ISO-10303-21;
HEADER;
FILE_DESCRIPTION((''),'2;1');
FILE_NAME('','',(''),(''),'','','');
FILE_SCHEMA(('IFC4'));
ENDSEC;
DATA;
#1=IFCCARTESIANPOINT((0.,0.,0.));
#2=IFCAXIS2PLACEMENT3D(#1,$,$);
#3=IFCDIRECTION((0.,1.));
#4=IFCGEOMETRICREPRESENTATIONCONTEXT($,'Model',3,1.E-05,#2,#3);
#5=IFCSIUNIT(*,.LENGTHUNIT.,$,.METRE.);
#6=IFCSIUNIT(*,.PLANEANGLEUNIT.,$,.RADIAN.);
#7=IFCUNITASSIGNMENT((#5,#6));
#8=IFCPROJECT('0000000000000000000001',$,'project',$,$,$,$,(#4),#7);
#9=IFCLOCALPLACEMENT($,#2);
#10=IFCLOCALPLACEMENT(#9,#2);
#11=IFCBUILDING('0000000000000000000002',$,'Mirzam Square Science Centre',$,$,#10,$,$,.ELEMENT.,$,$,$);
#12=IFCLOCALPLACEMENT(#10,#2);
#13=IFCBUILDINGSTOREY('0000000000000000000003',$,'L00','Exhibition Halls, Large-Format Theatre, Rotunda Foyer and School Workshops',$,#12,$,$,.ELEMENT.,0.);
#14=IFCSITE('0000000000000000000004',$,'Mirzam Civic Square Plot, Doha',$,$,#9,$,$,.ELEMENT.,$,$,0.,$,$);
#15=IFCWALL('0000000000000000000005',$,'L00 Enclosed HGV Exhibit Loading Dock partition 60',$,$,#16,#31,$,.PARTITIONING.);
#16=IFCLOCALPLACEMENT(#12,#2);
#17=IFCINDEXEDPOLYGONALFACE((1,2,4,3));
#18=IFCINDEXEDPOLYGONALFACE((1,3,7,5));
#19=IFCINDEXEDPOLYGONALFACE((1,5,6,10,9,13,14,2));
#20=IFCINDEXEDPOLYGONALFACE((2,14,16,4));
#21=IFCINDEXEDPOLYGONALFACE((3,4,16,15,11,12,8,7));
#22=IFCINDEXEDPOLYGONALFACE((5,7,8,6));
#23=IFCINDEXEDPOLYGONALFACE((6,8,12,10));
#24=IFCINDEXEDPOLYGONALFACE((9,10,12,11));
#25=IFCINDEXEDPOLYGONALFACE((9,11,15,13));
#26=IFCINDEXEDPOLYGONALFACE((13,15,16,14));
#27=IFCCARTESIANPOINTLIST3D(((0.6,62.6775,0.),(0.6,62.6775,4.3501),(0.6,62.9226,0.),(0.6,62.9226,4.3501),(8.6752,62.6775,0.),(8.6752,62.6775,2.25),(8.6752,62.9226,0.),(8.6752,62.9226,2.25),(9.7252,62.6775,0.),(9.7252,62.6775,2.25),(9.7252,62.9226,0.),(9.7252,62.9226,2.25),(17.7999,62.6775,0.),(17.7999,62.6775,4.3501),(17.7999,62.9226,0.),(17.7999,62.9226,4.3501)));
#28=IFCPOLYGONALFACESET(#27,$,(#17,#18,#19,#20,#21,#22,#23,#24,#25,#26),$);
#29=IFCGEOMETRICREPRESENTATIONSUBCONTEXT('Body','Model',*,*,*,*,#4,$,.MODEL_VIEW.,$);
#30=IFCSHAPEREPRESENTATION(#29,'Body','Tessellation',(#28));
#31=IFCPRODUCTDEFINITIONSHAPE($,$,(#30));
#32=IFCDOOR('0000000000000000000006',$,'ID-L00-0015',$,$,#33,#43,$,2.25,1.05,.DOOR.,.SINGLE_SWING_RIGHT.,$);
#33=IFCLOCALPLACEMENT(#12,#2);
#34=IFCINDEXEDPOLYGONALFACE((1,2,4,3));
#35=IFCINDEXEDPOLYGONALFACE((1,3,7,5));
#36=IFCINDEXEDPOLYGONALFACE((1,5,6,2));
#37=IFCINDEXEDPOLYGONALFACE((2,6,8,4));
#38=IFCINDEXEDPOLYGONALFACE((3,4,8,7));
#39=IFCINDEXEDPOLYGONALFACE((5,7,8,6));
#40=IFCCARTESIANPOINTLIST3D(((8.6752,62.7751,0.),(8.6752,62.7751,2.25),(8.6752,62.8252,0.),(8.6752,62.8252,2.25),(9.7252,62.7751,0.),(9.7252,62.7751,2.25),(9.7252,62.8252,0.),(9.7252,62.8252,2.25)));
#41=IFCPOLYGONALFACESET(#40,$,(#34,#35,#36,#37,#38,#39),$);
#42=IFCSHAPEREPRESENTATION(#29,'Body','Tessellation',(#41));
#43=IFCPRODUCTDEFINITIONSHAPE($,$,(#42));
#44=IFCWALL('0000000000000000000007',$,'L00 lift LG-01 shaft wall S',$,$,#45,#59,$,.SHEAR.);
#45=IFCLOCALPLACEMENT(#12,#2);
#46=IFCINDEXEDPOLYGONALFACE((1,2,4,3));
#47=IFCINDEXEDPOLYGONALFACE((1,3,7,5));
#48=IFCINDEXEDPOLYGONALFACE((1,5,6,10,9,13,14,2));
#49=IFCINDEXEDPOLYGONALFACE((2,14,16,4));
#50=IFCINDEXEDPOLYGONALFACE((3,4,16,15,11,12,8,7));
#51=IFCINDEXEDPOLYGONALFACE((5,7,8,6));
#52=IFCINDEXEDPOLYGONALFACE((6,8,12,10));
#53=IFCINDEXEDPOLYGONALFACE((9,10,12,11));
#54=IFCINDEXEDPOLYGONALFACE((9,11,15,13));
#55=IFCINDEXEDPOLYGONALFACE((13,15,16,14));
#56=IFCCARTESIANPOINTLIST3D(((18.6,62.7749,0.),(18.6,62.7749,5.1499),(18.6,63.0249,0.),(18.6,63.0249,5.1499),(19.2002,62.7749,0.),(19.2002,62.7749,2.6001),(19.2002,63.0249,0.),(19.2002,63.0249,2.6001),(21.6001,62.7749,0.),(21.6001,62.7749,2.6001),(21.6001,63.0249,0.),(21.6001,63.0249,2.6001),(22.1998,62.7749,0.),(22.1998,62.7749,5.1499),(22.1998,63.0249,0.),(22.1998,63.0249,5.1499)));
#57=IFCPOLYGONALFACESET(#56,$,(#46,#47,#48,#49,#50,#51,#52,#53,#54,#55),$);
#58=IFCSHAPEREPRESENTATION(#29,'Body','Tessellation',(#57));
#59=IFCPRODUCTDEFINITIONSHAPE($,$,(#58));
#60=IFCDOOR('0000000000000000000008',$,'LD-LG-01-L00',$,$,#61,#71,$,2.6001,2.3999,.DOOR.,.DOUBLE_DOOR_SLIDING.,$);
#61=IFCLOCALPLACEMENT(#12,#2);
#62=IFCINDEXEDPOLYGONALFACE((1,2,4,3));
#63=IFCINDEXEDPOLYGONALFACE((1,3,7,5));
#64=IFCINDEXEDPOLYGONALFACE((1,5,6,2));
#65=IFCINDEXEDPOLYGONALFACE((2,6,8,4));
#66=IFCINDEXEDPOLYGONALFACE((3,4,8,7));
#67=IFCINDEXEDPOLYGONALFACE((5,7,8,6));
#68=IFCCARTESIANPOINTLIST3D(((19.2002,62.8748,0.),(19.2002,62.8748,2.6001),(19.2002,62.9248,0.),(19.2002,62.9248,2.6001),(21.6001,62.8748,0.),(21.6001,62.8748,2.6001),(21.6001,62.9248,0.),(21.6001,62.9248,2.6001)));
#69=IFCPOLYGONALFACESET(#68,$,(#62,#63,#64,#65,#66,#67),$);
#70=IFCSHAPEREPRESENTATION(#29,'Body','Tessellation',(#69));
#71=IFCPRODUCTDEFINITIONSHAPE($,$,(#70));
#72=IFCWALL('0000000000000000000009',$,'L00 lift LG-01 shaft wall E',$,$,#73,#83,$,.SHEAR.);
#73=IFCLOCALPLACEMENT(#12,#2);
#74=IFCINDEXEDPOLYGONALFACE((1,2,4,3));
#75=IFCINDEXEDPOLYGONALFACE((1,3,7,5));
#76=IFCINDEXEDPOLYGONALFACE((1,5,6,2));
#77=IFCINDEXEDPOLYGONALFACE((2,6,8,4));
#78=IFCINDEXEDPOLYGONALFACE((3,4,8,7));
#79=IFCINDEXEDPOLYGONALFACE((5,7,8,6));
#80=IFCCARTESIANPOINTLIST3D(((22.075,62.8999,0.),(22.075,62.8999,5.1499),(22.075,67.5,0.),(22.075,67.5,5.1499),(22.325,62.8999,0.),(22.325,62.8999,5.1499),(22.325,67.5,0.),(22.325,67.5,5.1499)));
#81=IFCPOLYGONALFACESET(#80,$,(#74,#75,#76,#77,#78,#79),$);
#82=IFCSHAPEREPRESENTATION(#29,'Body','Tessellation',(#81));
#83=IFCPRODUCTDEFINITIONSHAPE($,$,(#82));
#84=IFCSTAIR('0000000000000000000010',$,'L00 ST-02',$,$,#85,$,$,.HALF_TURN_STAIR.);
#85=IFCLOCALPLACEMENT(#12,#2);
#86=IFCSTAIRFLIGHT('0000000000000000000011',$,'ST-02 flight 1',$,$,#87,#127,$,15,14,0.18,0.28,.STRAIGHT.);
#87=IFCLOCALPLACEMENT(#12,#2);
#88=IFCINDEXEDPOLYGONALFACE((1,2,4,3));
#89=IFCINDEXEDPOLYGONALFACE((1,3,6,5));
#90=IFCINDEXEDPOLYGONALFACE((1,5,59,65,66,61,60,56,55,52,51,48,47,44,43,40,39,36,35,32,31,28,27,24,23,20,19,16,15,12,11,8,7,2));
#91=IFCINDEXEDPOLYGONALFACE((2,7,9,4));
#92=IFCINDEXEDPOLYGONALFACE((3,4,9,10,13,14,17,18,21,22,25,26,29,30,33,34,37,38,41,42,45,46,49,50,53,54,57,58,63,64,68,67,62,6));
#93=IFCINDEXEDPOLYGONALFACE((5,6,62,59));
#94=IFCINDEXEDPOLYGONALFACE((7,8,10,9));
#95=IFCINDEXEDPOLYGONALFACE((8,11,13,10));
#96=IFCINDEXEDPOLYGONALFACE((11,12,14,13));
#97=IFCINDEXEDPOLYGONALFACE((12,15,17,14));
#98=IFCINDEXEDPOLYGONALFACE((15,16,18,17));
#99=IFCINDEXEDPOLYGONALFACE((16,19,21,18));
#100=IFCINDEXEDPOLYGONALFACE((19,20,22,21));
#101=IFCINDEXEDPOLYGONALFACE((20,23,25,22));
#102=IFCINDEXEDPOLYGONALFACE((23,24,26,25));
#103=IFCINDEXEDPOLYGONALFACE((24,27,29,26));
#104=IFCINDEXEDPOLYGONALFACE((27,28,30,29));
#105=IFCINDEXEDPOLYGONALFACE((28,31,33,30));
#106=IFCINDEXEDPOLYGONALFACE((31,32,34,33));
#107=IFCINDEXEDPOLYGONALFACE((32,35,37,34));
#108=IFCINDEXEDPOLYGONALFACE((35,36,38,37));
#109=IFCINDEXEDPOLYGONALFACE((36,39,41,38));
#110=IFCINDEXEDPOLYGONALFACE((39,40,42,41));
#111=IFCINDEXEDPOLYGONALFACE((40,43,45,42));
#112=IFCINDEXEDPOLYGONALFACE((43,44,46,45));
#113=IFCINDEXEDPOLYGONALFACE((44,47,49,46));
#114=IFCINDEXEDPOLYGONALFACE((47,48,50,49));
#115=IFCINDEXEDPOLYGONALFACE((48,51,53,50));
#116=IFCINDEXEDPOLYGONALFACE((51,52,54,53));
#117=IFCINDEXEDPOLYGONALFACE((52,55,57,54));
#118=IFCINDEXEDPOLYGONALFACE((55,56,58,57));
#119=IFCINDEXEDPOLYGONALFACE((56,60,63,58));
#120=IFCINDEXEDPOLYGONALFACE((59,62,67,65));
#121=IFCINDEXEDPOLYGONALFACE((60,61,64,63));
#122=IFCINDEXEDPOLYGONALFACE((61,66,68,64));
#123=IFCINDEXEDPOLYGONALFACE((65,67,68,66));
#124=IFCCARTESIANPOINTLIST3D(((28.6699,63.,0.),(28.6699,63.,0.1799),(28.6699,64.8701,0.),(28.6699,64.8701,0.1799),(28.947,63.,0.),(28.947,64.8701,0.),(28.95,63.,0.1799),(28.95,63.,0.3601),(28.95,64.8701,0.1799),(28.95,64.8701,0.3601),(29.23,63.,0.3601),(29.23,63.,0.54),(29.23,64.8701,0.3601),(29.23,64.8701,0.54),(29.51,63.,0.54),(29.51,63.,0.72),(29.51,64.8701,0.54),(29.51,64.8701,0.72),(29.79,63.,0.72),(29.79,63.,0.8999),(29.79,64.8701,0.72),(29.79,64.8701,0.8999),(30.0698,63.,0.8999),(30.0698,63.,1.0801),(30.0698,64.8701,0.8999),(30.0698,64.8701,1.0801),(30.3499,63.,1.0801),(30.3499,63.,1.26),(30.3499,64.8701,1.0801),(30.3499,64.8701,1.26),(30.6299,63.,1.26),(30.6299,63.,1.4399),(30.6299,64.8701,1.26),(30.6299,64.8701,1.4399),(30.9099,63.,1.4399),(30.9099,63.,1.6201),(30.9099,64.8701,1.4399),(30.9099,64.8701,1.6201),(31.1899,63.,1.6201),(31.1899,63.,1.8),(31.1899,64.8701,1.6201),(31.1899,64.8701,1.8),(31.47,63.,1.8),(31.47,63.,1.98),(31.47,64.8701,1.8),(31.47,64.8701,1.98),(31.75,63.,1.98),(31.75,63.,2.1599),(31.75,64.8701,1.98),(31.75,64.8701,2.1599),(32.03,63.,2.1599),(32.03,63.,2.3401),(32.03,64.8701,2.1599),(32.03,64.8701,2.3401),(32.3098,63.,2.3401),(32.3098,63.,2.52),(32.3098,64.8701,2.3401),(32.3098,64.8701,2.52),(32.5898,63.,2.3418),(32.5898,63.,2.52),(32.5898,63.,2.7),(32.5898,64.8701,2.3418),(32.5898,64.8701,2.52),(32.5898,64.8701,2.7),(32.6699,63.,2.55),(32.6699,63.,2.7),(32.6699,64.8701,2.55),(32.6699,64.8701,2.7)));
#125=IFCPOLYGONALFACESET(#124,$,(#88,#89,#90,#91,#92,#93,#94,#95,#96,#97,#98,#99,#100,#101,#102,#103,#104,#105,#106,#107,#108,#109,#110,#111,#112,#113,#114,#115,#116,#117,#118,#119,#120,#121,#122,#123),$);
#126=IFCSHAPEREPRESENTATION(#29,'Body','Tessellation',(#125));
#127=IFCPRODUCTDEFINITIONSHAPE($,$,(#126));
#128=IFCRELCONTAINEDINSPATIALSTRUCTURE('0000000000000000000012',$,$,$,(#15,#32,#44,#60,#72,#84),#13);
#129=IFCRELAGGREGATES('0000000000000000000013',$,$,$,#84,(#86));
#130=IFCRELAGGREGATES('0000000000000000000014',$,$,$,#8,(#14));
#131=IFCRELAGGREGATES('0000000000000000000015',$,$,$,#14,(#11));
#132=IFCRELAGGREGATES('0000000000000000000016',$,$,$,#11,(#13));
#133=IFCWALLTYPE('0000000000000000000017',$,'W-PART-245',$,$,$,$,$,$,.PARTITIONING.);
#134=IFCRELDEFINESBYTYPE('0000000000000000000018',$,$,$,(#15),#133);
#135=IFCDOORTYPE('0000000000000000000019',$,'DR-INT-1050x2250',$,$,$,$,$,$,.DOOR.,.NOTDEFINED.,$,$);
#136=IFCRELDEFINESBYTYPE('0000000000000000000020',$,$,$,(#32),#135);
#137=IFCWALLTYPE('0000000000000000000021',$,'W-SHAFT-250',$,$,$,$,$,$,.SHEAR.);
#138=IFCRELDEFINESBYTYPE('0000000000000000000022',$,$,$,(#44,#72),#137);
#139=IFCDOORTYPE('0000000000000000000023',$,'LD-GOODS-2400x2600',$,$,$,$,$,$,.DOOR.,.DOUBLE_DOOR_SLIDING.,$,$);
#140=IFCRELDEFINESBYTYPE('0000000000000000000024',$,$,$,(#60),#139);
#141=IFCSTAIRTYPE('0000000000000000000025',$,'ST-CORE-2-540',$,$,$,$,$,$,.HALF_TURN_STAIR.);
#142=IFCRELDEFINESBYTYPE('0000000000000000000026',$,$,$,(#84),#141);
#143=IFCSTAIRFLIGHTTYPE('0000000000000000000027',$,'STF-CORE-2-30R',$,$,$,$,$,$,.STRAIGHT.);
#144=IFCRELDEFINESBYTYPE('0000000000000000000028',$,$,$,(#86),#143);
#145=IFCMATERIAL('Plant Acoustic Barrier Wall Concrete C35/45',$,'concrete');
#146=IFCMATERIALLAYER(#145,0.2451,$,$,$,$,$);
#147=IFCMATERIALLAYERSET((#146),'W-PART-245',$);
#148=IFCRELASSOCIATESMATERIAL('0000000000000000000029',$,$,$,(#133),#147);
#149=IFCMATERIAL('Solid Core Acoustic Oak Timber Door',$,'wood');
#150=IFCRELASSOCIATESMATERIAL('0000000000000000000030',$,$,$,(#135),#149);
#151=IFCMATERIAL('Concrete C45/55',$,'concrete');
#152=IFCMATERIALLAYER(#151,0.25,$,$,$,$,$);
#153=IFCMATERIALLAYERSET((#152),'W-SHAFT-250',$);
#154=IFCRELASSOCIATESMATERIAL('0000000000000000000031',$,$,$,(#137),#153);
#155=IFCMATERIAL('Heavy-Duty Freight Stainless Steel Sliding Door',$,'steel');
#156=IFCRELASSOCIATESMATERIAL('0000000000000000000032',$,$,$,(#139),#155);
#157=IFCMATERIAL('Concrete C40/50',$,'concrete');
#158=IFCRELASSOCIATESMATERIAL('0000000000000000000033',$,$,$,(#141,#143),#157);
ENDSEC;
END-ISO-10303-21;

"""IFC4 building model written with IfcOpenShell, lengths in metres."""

from ifc_helpers import new_model, si_unit, direction, frame, frame_2d, origin, place, context, subcontext, project, spatial, polyline, rectangle, outline, extrude, material, layer, layer_set, type_object, element, fill, aggregate, save


model = new_model("IFC4")

# Units and contexts
model_context = context("Model", 3, precision=1e-05, world=origin(), true_north=direction((0.0, 1.0)))
body_context = subcontext(model_context, "Body", "Model", "MODEL_VIEW")
ifc_project = project(units=[si_unit("LENGTHUNIT", "METRE"), si_unit("PLANEANGLEUNIT", "RADIAN")], contexts=[model_context])

# Site, building, storey
site_placement = place(None, origin())
site = spatial("IfcSite", under=ifc_project, at=site_placement, Name="Mirzam Civic Square Plot, Doha", CompositionType="ELEMENT", RefElevation=0.0)
building_placement = place(site_placement, origin())
building = spatial("IfcBuilding", under=site, at=building_placement, Name="Mirzam Square Science Centre", CompositionType="ELEMENT")
storey_placement = place(building_placement, origin())
storey = spatial("IfcBuildingStorey", under=building, at=storey_placement, Name="L00", Description="Exhibition Halls, Large-Format Theatre, Rotunda Foyer and School Workshops", CompositionType="ELEMENT", Elevation=0.0)

# Shared definitions
ifc_material_1 = material(Name="Concrete C45/55", Category="concrete")

# Walls, openings, doors
ifc_material_2 = material(Name="Plant Acoustic Barrier Wall Concrete C35/45", Category="concrete")
ifc_layer_1 = layer(ifc_material_2, 0.2451)
ifc_layer_set_1 = layer_set([ifc_layer_1], Name="W-PART-245")
wall_type_1 = type_object("IfcWallType", Name="W-PART-245", PredefinedType="PARTITIONING", material=ifc_layer_set_1)
wall_1_placement = place(storey_placement, frame((17.8, 62.8, 0.0), z_axis=(0.0, 0.0, 1.0), x_axis=(-1.0, 0.0, 0.0)))
wall_1 = element("IfcWall", 1, at=wall_1_placement, inside=storey, type_object=wall_type_1, Name="L00 Enclosed HGV Exhibit Loading Dock partition 60", PredefinedType="PARTITIONING", context=body_context, shape_type="SweptSolid", body=[
    extrude(rectangle(XDim=17.2, YDim=0.2451, at=frame_2d((8.6001, 0.0))), origin(), (0.0, 0.0, 1.0), 4.3501),
])
opening_1_placement = place(wall_1_placement, frame((8.075, 0.0, 0.0)))
opening_1 = element("IfcOpeningElement", 2, at=opening_1_placement, cuts=wall_1, PredefinedType="OPENING", context=body_context, shape_type="SweptSolid", body=[
    extrude(rectangle(XDim=1.05, YDim=2.25, at=frame_2d((0.5249, 1.125))), frame((0.0, 0.1326, 0.0), z_axis=(0.0, -1.0, 0.0), x_axis=(1.0, 0.0, 0.0)), (0.0, 0.0, 1.0), 0.2651),
])
ifc_material_3 = material(Name="Solid Core Acoustic Oak Timber Door", Category="wood")
door_type_1 = type_object("IfcDoorType", Name="DR-INT-1050x2250", OperationType="NOTDEFINED", PredefinedType="DOOR", material=ifc_material_3)
door_1_placement = place(opening_1_placement, origin())
door_1 = element("IfcDoor", 3, at=door_1_placement, inside=storey, type_object=door_type_1, Name="ID-L00-0015", OperationType="SINGLE_SWING_RIGHT", OverallHeight=2.25, OverallWidth=1.05, PredefinedType="DOOR", context=body_context, shape_type="SweptSolid", body=[
    extrude(rectangle(XDim=1.05, YDim=2.25, at=frame_2d((0.5249, 1.125))), frame((0.0, 0.0249, 0.0), z_axis=(0.0, -1.0, 0.0), x_axis=(1.0, 0.0, 0.0)), (0.0, 0.0, 1.0), 0.05),
])
fill(opening_1, door_1)
ifc_layer_2 = layer(ifc_material_1, 0.25)
ifc_layer_set_2 = layer_set([ifc_layer_2], Name="W-SHAFT-250")
wall_type_2 = type_object("IfcWallType", Name="W-SHAFT-250", PredefinedType="SHEAR", material=ifc_layer_set_2)
wall_2_placement = place(storey_placement, frame((18.6001, 62.8999, 0.0), z_axis=(0.0, 0.0, 1.0), x_axis=(1.0, 0.0, 0.0)))
wall_2 = element("IfcWall", 4, at=wall_2_placement, inside=storey, type_object=wall_type_2, Name="L00 lift LG-01 shaft wall S", PredefinedType="SHEAR", context=body_context, shape_type="SweptSolid", body=[
    extrude(rectangle(XDim=3.5999, YDim=0.25, at=frame_2d((1.7998, 0.0))), origin(), (0.0, 0.0, 1.0), 5.1499),
])
opening_2_placement = place(wall_2_placement, frame((0.6001, 0.0, 0.0)))
opening_2 = element("IfcOpeningElement", 5, at=opening_2_placement, cuts=wall_2, PredefinedType="OPENING", context=body_context, shape_type="SweptSolid", body=[
    extrude(rectangle(XDim=2.3999, YDim=2.6001, at=frame_2d((1.2, 1.3))), frame((0.0, 0.135, 0.0), z_axis=(0.0, -1.0, 0.0), x_axis=(1.0, 0.0, 0.0)), (0.0, 0.0, 1.0), 0.27),
])
ifc_material_4 = material(Name="Heavy-Duty Freight Stainless Steel Sliding Door", Category="steel")
door_type_2 = type_object("IfcDoorType", Name="LD-GOODS-2400x2600", OperationType="DOUBLE_DOOR_SLIDING", PredefinedType="DOOR", material=ifc_material_4)
door_2_placement = place(opening_2_placement, origin())
door_2 = element("IfcDoor", 6, at=door_2_placement, inside=storey, type_object=door_type_2, Name="LD-LG-01-L00", OperationType="DOUBLE_DOOR_SLIDING", OverallHeight=2.6001, OverallWidth=2.3999, PredefinedType="DOOR", context=body_context, shape_type="SweptSolid", body=[
    extrude(rectangle(XDim=2.3999, YDim=2.6001, at=frame_2d((1.2, 1.3))), frame((0.0, 0.0249, 0.0), z_axis=(0.0, -1.0, 0.0), x_axis=(1.0, 0.0, 0.0)), (0.0, 0.0, 1.0), 0.05),
])
fill(opening_2, door_2)

# Wall
wall_3_placement = place(storey_placement, frame((22.2, 62.8999, 0.0), z_axis=(0.0, 0.0, 1.0), x_axis=(0.0, 1.0, 0.0)))
element("IfcWall", 7, at=wall_3_placement, inside=storey, type_object=wall_type_2, Name="L00 lift LG-01 shaft wall E", PredefinedType="SHEAR", context=body_context, shape_type="SweptSolid", body=[
    extrude(rectangle(XDim=4.6001, YDim=0.25, at=frame_2d((2.3, 0.0))), origin(), (0.0, 0.0, 1.0), 5.1499),
])

# Stair, stair flight
ifc_material_5 = material(Name="Concrete C40/50", Category="concrete")
stair_type = type_object("IfcStairType", Name="ST-CORE-2-540", PredefinedType="HALF_TURN_STAIR", material=ifc_material_5)
stair_placement = place(storey_placement, origin())
stair = element("IfcStair", 8, at=stair_placement, inside=storey, type_object=stair_type, Name="L00 ST-02", PredefinedType="HALF_TURN_STAIR")
stair_flight_type = type_object("IfcStairFlightType", Name="STF-CORE-2-30R", PredefinedType="STRAIGHT", material=ifc_material_5)
stair_flight_placement = place(storey_placement, frame((28.6699, 63.9351, 0.0), z_axis=(0.0, 0.0, 1.0), x_axis=(1.0, 0.0, 0.0)))
stair_flight = element("IfcStairFlight", 9, at=stair_flight_placement, type_object=stair_flight_type, Name="ST-02 flight 1", NumberOfRisers=15, NumberOfTreads=14, PredefinedType="STRAIGHT", RiserHeight=0.18, TreadLength=0.28, context=body_context, shape_type="SweptSolid", body=[
    extrude(outline(polyline([(0.0, 0.0), (0.0, 0.1799), (0.28, 0.1799), (0.28, 0.3601), (0.5601, 0.3601), (0.5601, 0.54), (0.8401, 0.54), (0.8401, 0.72), (1.1201, 0.72), (1.1201, 0.8999), (1.3999, 0.8999), (1.3999, 1.0801), (1.6799, 1.0801), (1.6799, 1.26), (1.96, 1.26), (1.96, 1.4399), (2.24, 1.4399), (2.24, 1.6201), (2.52, 1.6201), (2.52, 1.8), (2.8, 1.8), (2.8, 1.98), (3.0801, 1.98), (3.0801, 2.1599), (3.3601, 2.1599), (3.3601, 2.3401), (3.6399, 2.3401), (3.6399, 2.52), (3.9199, 2.52), (3.9199, 2.7), (4.0, 2.7), (4.0, 2.55), (3.9199, 2.3418), (0.2771, 0.0), (0.0, 0.0)])), frame((0.0, 0.9351, 0.0), z_axis=(0.0, -1.0, 0.0), x_axis=(1.0, 0.0, 0.0)), (0.0, 0.0, 1.0), 1.8701),
])
aggregate(stair, [stair_flight])

save(model, "model.ifc")
